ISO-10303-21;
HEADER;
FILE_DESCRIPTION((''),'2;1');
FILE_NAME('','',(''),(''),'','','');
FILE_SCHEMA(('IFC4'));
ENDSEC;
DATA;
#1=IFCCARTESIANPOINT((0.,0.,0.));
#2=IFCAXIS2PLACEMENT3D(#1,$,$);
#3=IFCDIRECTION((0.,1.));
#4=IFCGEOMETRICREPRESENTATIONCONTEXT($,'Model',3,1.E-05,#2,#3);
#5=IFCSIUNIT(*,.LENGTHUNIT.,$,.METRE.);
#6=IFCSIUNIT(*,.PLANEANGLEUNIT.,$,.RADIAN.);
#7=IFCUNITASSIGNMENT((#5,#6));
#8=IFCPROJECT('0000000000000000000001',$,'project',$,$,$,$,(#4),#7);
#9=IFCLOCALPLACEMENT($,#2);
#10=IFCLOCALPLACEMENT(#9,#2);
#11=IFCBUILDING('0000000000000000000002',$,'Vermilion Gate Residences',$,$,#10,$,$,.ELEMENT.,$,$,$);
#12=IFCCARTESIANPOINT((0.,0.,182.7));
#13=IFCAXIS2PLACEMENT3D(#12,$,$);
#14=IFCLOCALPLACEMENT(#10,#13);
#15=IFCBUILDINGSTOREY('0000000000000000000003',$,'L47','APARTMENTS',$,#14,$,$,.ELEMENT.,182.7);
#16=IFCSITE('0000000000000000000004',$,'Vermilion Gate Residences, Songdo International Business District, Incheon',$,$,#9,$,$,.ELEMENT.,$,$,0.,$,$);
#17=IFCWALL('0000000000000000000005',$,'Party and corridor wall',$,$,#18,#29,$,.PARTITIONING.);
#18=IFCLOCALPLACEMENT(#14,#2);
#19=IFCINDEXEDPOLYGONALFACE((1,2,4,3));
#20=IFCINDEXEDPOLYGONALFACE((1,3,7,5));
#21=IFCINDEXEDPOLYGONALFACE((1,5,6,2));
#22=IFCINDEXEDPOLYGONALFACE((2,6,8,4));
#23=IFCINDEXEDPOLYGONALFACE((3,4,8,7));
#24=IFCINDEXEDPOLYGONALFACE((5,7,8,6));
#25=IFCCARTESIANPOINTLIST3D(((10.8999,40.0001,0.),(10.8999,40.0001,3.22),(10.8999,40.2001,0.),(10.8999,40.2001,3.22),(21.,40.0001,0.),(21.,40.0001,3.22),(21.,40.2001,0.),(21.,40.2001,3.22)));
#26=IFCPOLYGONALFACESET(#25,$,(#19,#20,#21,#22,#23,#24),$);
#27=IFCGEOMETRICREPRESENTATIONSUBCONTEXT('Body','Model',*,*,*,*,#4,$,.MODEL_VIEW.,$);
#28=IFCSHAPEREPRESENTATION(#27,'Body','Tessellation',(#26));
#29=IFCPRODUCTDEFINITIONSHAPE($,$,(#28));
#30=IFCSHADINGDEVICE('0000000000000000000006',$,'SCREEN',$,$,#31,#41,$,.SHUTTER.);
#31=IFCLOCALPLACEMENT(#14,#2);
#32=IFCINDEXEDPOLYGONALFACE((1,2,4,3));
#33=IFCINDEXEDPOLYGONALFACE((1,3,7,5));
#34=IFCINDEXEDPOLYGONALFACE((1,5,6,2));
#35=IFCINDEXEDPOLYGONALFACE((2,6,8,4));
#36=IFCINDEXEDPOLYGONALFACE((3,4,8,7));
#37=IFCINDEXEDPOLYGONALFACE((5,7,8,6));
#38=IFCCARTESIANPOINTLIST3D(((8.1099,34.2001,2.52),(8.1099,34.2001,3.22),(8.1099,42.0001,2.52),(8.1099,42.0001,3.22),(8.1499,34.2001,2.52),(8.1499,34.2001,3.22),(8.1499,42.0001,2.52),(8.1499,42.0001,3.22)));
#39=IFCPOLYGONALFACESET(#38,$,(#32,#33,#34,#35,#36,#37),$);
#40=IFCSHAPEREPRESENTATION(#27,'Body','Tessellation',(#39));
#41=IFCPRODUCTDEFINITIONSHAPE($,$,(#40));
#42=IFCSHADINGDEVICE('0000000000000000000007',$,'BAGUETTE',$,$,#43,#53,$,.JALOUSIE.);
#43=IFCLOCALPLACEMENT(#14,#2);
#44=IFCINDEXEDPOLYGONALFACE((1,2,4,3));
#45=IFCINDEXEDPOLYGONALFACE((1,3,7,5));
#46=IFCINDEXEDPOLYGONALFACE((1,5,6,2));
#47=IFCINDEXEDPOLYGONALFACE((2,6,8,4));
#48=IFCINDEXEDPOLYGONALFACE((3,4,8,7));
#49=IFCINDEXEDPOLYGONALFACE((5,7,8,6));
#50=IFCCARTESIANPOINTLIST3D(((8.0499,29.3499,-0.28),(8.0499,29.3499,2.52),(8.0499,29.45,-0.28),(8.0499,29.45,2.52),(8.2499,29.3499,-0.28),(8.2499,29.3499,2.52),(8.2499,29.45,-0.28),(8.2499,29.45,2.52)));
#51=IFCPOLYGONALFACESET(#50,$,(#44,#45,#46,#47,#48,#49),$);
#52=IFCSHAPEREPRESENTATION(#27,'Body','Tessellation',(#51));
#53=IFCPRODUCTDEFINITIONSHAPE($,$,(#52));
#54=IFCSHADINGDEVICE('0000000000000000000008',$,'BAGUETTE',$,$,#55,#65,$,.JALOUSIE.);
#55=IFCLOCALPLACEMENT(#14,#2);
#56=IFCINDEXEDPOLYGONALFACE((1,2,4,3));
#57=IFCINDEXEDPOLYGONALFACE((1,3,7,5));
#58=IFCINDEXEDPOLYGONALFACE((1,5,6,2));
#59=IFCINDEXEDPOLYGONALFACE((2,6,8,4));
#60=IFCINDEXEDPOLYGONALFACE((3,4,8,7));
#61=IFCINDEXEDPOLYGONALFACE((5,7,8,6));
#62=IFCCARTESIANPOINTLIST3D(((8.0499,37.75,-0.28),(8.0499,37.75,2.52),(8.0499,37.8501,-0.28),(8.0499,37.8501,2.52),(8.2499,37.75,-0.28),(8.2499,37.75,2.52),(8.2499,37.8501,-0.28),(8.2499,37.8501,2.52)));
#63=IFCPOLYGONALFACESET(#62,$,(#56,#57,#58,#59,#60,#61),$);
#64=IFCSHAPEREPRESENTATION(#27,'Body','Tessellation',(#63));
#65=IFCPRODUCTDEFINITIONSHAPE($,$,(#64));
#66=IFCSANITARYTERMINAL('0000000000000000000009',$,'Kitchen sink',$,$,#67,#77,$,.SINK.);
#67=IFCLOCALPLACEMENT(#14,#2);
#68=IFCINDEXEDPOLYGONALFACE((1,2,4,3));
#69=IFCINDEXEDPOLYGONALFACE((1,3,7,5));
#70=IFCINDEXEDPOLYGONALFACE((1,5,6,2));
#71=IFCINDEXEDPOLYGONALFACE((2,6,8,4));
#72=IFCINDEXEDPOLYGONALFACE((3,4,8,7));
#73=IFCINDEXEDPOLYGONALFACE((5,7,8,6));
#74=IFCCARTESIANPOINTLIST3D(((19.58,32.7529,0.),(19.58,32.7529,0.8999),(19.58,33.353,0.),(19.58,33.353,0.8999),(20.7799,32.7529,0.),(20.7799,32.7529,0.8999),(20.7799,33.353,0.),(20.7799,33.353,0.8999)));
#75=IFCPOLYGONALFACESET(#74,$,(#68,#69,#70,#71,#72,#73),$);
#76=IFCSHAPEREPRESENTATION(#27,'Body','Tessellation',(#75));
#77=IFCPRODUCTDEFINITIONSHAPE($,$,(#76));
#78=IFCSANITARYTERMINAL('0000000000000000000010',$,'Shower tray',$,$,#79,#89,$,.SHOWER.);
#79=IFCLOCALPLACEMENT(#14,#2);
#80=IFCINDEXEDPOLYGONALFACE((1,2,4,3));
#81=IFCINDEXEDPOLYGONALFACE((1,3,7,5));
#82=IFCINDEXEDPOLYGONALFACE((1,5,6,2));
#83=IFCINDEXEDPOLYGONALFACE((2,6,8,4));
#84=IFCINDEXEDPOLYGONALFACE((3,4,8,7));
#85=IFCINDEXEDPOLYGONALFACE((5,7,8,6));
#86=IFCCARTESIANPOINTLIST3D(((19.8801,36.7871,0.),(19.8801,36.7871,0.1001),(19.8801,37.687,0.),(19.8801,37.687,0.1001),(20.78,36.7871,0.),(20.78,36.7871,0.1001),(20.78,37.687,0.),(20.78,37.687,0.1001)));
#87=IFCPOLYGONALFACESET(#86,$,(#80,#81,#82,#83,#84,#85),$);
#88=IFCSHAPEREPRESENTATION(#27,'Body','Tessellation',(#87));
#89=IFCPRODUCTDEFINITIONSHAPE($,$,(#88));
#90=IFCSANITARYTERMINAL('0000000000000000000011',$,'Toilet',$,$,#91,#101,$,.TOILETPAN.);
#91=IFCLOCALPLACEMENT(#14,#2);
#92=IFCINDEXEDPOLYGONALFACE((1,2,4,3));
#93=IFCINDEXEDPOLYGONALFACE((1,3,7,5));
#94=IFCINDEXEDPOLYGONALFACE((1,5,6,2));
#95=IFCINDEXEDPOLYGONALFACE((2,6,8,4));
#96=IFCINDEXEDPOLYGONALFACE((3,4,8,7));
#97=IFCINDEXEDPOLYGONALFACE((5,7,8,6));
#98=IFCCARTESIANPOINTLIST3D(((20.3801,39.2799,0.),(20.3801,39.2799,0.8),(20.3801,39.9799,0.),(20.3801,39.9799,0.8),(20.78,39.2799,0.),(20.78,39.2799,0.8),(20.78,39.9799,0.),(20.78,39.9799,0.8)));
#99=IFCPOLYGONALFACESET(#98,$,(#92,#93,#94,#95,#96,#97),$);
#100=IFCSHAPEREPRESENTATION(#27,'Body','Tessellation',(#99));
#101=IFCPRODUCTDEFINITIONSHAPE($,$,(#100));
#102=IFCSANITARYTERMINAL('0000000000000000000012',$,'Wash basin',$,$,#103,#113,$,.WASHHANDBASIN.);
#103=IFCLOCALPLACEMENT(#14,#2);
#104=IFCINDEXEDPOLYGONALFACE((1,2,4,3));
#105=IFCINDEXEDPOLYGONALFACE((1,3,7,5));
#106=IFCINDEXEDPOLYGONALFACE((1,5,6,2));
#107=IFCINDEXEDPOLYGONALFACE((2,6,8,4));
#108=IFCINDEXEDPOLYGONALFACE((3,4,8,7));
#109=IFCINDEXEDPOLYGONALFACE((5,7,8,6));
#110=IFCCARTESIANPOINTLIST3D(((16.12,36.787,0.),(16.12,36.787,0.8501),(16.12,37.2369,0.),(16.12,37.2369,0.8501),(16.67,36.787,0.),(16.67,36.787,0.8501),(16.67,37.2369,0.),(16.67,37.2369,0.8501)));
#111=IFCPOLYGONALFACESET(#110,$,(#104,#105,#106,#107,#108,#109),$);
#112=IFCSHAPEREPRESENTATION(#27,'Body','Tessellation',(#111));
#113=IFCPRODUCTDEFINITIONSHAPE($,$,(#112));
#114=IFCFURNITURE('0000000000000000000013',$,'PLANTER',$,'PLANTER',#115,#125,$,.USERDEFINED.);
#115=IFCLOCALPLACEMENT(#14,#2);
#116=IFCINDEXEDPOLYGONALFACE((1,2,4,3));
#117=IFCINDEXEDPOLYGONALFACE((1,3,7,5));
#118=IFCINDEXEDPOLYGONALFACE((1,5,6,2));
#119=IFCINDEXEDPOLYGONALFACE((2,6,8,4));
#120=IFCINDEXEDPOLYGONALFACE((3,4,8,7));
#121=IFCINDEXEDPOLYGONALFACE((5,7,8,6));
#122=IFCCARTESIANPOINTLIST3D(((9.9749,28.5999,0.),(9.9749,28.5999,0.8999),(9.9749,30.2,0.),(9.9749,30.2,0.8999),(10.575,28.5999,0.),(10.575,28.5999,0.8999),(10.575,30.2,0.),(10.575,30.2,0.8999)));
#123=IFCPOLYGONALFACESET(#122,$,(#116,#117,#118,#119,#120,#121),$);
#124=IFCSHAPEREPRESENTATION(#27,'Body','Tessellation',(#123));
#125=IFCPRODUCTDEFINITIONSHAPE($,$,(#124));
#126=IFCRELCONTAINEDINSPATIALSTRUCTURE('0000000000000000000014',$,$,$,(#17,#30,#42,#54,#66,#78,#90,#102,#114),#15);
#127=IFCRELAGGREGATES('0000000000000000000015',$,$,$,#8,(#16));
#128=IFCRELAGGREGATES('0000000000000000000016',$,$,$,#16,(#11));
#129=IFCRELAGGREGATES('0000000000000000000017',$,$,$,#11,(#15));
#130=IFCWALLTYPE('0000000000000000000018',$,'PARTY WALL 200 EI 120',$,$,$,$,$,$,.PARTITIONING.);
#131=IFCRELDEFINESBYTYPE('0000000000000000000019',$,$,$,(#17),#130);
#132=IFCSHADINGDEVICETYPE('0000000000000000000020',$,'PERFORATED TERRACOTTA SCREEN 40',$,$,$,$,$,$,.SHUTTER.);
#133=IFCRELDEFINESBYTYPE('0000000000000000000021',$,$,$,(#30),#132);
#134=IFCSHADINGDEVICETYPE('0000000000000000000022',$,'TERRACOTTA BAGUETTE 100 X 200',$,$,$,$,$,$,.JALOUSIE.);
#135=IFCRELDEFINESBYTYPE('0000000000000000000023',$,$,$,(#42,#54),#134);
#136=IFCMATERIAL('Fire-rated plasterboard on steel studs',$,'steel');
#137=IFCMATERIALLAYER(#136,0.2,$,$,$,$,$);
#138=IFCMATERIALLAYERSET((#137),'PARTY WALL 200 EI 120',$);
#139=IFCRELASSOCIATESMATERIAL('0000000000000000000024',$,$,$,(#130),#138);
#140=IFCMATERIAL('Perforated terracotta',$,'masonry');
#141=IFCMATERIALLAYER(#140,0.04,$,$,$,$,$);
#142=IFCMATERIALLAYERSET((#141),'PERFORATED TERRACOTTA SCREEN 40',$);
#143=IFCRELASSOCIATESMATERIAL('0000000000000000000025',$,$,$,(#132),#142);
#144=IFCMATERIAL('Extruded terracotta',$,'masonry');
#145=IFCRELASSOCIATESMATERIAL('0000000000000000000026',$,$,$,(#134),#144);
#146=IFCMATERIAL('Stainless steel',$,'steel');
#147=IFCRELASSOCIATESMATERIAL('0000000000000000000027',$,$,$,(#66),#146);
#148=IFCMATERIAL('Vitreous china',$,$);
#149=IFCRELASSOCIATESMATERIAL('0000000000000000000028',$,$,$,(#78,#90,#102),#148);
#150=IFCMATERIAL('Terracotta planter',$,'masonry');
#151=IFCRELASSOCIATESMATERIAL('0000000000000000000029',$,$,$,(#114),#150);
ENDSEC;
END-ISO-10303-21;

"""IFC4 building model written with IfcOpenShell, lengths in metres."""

from ifc_helpers import new_model, si_unit, direction, frame, frame_2d, origin, origin_2d, place, context, subcontext, project, spatial, rectangle, extrude, material, layer, layer_set, material_profile, profile_set, type_object, element, save


model = new_model("IFC4")

# Units and contexts
model_context = context("Model", 3, precision=1e-05, world=origin(), true_north=direction((0.0, 1.0)))
body_context = subcontext(model_context, "Body", "Model", "MODEL_VIEW")
ifc_project = project(units=[si_unit("LENGTHUNIT", "METRE"), si_unit("PLANEANGLEUNIT", "RADIAN")], contexts=[model_context])

# Site, building, storey
site_placement = place(None, origin())
site = spatial("IfcSite", under=ifc_project, at=site_placement, Name="Vermilion Gate Residences, Songdo International Business District, Incheon", CompositionType="ELEMENT", RefElevation=0.0)
building_placement = place(site_placement, origin())
building = spatial("IfcBuilding", under=site, at=building_placement, Name="Vermilion Gate Residences", CompositionType="ELEMENT")
storey_placement = place(building_placement, frame((0.0, 0.0, 182.7)))
storey = spatial("IfcBuildingStorey", under=building, at=storey_placement, Name="L47", Description="APARTMENTS", CompositionType="ELEMENT", Elevation=182.7)

# Wall
ifc_material_1 = material(Name="Fire-rated plasterboard on steel studs", Category="steel")
ifc_layer_1 = layer(ifc_material_1, 0.2)
ifc_layer_set_1 = layer_set([ifc_layer_1], Name="PARTY WALL 200 EI 120")
wall_type_1 = type_object("IfcWallType", Name="PARTY WALL 200 EI 120", PredefinedType="PARTITIONING", material=ifc_layer_set_1)
wall_1_placement = place(storey_placement, frame((10.8999, 40.1001, 0.0), z_axis=(0.0, 0.0, 1.0), x_axis=(1.0, 0.0, 0.0)))
element("IfcWall", 1, at=wall_1_placement, inside=storey, type_object=wall_type_1, Name="Party and corridor wall", PredefinedType="PARTITIONING", context=body_context, shape_type="SweptSolid", body=[
    extrude(rectangle(XDim=10.1001, YDim=0.2, at=frame_2d((5.05, 0.0))), origin(), (0.0, 0.0, 1.0), 3.22),
])

# Shading devices
ifc_material_2 = material(Name="Perforated terracotta", Category="masonry")
ifc_layer_2 = layer(ifc_material_2, 0.04)
ifc_layer_set_2 = layer_set([ifc_layer_2], Name="PERFORATED TERRACOTTA SCREEN 40")
shading_device_type_1 = type_object("IfcShadingDeviceType", Name="PERFORATED TERRACOTTA SCREEN 40", PredefinedType="SHUTTER", material=ifc_layer_set_2)
shading_device_placement = place(storey_placement, frame((8.1299, 38.1001, 2.52), z_axis=(0.0, 0.0, 1.0), x_axis=(0.0, -1.0, 0.0)))
element("IfcShadingDevice", 2, at=shading_device_placement, inside=storey, type_object=shading_device_type_1, Name="SCREEN", PredefinedType="SHUTTER", context=body_context, shape_type="SweptSolid", body=[
    extrude(rectangle(XDim=7.8, YDim=0.04, at=origin_2d()), origin(), (0.0, 0.0, 1.0), 0.7),
])
ifc_material_3 = material(Name="Extruded terracotta", Category="masonry")
ifc_material_profile_1 = material_profile(ifc_material_3, rectangle(XDim=0.2, YDim=0.1001, at=origin_2d()), Name="BAGUETTE 100 X 200")
ifc_profile_set_1 = profile_set([ifc_material_profile_1], Name="Extruded terracotta")
shading_device_type_2 = type_object("IfcShadingDeviceType", Name="TERRACOTTA BAGUETTE 100 X 200", PredefinedType="JALOUSIE", material=ifc_profile_set_1)
for number, where, z_axis, x_axis, name in (
    (3, (8.1499, 29.3999, -0.28), (0.0, 0.0, 1.0), (1.0, 0.0, 0.0), "BAGUETTE"),
    (4, (8.1499, 37.8, -0.28), (0.0, 0.0, 1.0), (1.0, 0.0, 0.0), "BAGUETTE"),
):
    element("IfcShadingDevice", number, at=place(storey_placement, frame(where, z_axis=z_axis, x_axis=x_axis)), inside=storey, type_object=shading_device_type_2, Name=name, PredefinedType="JALOUSIE", context=body_context, shape_type="SweptSolid", body=[
        extrude(rectangle(XDim=0.2, YDim=0.1001, at=origin_2d()), origin(), (0.0, 0.0, 1.0), 2.8),
    ])

# Sanitary terminals
ifc_material_4 = material(Name="Stainless steel", Category="steel")
sanitary_terminal_1_placement = place(storey_placement, frame((20.1799, 33.053, 0.0), z_axis=(0.0, 0.0, 1.0), x_axis=(1.0, 0.0, 0.0)))
element("IfcSanitaryTerminal", 5, at=sanitary_terminal_1_placement, inside=storey, material=ifc_material_4, Name="Kitchen sink", PredefinedType="SINK", context=body_context, shape_type="SweptSolid", body=[
    extrude(rectangle(XDim=1.2, YDim=0.6001, at=origin_2d()), origin(), (0.0, 0.0, 1.0), 0.8999),
])
ifc_material_5 = material(Name="Vitreous china")
sanitary_terminal_2_placement = place(storey_placement, frame((20.3301, 37.2371, 0.0), z_axis=(0.0, 0.0, 1.0), x_axis=(1.0, 0.0, 0.0)))
element("IfcSanitaryTerminal", 6, at=sanitary_terminal_2_placement, inside=storey, material=ifc_material_5, Name="Shower tray", PredefinedType="SHOWER", context=body_context, shape_type="SweptSolid", body=[
    extrude(rectangle(XDim=0.8999, YDim=0.8999, at=origin_2d()), origin(), (0.0, 0.0, 1.0), 0.1001),
])
sanitary_terminal_3_placement = place(storey_placement, frame((20.5801, 39.6299, 0.0), z_axis=(0.0, 0.0, 1.0), x_axis=(1.0, 0.0, 0.0)))
element("IfcSanitaryTerminal", 7, at=sanitary_terminal_3_placement, inside=storey, material=ifc_material_5, Name="Toilet", PredefinedType="TOILETPAN", context=body_context, shape_type="SweptSolid", body=[
    extrude(rectangle(XDim=0.3999, YDim=0.7, at=origin_2d()), origin(), (0.0, 0.0, 1.0), 0.8),
])
sanitary_terminal_4_placement = place(storey_placement, frame((16.395, 37.012, 0.0), z_axis=(0.0, 0.0, 1.0), x_axis=(1.0, 0.0, 0.0)))
element("IfcSanitaryTerminal", 8, at=sanitary_terminal_4_placement, inside=storey, material=ifc_material_5, Name="Wash basin", PredefinedType="WASHHANDBASIN", context=body_context, shape_type="SweptSolid", body=[
    extrude(rectangle(XDim=0.55, YDim=0.45, at=origin_2d()), origin(), (0.0, 0.0, 1.0), 0.8501),
])

# Furniture
ifc_material_6 = material(Name="Terracotta planter", Category="masonry")
furniture_placement = place(storey_placement, frame((10.2749, 29.3999, 0.0), z_axis=(0.0, 0.0, 1.0), x_axis=(0.0, -1.0, 0.0)))
element("IfcFurniture", 9, at=furniture_placement, inside=storey, material=ifc_material_6, Name="PLANTER", ObjectType="PLANTER", PredefinedType="USERDEFINED", context=body_context, shape_type="SweptSolid", body=[
    extrude(rectangle(XDim=1.6001, YDim=0.6001, at=origin_2d()), origin(), (0.0, 0.0, 1.0), 0.8999),
])

save(model, "model.ifc")
